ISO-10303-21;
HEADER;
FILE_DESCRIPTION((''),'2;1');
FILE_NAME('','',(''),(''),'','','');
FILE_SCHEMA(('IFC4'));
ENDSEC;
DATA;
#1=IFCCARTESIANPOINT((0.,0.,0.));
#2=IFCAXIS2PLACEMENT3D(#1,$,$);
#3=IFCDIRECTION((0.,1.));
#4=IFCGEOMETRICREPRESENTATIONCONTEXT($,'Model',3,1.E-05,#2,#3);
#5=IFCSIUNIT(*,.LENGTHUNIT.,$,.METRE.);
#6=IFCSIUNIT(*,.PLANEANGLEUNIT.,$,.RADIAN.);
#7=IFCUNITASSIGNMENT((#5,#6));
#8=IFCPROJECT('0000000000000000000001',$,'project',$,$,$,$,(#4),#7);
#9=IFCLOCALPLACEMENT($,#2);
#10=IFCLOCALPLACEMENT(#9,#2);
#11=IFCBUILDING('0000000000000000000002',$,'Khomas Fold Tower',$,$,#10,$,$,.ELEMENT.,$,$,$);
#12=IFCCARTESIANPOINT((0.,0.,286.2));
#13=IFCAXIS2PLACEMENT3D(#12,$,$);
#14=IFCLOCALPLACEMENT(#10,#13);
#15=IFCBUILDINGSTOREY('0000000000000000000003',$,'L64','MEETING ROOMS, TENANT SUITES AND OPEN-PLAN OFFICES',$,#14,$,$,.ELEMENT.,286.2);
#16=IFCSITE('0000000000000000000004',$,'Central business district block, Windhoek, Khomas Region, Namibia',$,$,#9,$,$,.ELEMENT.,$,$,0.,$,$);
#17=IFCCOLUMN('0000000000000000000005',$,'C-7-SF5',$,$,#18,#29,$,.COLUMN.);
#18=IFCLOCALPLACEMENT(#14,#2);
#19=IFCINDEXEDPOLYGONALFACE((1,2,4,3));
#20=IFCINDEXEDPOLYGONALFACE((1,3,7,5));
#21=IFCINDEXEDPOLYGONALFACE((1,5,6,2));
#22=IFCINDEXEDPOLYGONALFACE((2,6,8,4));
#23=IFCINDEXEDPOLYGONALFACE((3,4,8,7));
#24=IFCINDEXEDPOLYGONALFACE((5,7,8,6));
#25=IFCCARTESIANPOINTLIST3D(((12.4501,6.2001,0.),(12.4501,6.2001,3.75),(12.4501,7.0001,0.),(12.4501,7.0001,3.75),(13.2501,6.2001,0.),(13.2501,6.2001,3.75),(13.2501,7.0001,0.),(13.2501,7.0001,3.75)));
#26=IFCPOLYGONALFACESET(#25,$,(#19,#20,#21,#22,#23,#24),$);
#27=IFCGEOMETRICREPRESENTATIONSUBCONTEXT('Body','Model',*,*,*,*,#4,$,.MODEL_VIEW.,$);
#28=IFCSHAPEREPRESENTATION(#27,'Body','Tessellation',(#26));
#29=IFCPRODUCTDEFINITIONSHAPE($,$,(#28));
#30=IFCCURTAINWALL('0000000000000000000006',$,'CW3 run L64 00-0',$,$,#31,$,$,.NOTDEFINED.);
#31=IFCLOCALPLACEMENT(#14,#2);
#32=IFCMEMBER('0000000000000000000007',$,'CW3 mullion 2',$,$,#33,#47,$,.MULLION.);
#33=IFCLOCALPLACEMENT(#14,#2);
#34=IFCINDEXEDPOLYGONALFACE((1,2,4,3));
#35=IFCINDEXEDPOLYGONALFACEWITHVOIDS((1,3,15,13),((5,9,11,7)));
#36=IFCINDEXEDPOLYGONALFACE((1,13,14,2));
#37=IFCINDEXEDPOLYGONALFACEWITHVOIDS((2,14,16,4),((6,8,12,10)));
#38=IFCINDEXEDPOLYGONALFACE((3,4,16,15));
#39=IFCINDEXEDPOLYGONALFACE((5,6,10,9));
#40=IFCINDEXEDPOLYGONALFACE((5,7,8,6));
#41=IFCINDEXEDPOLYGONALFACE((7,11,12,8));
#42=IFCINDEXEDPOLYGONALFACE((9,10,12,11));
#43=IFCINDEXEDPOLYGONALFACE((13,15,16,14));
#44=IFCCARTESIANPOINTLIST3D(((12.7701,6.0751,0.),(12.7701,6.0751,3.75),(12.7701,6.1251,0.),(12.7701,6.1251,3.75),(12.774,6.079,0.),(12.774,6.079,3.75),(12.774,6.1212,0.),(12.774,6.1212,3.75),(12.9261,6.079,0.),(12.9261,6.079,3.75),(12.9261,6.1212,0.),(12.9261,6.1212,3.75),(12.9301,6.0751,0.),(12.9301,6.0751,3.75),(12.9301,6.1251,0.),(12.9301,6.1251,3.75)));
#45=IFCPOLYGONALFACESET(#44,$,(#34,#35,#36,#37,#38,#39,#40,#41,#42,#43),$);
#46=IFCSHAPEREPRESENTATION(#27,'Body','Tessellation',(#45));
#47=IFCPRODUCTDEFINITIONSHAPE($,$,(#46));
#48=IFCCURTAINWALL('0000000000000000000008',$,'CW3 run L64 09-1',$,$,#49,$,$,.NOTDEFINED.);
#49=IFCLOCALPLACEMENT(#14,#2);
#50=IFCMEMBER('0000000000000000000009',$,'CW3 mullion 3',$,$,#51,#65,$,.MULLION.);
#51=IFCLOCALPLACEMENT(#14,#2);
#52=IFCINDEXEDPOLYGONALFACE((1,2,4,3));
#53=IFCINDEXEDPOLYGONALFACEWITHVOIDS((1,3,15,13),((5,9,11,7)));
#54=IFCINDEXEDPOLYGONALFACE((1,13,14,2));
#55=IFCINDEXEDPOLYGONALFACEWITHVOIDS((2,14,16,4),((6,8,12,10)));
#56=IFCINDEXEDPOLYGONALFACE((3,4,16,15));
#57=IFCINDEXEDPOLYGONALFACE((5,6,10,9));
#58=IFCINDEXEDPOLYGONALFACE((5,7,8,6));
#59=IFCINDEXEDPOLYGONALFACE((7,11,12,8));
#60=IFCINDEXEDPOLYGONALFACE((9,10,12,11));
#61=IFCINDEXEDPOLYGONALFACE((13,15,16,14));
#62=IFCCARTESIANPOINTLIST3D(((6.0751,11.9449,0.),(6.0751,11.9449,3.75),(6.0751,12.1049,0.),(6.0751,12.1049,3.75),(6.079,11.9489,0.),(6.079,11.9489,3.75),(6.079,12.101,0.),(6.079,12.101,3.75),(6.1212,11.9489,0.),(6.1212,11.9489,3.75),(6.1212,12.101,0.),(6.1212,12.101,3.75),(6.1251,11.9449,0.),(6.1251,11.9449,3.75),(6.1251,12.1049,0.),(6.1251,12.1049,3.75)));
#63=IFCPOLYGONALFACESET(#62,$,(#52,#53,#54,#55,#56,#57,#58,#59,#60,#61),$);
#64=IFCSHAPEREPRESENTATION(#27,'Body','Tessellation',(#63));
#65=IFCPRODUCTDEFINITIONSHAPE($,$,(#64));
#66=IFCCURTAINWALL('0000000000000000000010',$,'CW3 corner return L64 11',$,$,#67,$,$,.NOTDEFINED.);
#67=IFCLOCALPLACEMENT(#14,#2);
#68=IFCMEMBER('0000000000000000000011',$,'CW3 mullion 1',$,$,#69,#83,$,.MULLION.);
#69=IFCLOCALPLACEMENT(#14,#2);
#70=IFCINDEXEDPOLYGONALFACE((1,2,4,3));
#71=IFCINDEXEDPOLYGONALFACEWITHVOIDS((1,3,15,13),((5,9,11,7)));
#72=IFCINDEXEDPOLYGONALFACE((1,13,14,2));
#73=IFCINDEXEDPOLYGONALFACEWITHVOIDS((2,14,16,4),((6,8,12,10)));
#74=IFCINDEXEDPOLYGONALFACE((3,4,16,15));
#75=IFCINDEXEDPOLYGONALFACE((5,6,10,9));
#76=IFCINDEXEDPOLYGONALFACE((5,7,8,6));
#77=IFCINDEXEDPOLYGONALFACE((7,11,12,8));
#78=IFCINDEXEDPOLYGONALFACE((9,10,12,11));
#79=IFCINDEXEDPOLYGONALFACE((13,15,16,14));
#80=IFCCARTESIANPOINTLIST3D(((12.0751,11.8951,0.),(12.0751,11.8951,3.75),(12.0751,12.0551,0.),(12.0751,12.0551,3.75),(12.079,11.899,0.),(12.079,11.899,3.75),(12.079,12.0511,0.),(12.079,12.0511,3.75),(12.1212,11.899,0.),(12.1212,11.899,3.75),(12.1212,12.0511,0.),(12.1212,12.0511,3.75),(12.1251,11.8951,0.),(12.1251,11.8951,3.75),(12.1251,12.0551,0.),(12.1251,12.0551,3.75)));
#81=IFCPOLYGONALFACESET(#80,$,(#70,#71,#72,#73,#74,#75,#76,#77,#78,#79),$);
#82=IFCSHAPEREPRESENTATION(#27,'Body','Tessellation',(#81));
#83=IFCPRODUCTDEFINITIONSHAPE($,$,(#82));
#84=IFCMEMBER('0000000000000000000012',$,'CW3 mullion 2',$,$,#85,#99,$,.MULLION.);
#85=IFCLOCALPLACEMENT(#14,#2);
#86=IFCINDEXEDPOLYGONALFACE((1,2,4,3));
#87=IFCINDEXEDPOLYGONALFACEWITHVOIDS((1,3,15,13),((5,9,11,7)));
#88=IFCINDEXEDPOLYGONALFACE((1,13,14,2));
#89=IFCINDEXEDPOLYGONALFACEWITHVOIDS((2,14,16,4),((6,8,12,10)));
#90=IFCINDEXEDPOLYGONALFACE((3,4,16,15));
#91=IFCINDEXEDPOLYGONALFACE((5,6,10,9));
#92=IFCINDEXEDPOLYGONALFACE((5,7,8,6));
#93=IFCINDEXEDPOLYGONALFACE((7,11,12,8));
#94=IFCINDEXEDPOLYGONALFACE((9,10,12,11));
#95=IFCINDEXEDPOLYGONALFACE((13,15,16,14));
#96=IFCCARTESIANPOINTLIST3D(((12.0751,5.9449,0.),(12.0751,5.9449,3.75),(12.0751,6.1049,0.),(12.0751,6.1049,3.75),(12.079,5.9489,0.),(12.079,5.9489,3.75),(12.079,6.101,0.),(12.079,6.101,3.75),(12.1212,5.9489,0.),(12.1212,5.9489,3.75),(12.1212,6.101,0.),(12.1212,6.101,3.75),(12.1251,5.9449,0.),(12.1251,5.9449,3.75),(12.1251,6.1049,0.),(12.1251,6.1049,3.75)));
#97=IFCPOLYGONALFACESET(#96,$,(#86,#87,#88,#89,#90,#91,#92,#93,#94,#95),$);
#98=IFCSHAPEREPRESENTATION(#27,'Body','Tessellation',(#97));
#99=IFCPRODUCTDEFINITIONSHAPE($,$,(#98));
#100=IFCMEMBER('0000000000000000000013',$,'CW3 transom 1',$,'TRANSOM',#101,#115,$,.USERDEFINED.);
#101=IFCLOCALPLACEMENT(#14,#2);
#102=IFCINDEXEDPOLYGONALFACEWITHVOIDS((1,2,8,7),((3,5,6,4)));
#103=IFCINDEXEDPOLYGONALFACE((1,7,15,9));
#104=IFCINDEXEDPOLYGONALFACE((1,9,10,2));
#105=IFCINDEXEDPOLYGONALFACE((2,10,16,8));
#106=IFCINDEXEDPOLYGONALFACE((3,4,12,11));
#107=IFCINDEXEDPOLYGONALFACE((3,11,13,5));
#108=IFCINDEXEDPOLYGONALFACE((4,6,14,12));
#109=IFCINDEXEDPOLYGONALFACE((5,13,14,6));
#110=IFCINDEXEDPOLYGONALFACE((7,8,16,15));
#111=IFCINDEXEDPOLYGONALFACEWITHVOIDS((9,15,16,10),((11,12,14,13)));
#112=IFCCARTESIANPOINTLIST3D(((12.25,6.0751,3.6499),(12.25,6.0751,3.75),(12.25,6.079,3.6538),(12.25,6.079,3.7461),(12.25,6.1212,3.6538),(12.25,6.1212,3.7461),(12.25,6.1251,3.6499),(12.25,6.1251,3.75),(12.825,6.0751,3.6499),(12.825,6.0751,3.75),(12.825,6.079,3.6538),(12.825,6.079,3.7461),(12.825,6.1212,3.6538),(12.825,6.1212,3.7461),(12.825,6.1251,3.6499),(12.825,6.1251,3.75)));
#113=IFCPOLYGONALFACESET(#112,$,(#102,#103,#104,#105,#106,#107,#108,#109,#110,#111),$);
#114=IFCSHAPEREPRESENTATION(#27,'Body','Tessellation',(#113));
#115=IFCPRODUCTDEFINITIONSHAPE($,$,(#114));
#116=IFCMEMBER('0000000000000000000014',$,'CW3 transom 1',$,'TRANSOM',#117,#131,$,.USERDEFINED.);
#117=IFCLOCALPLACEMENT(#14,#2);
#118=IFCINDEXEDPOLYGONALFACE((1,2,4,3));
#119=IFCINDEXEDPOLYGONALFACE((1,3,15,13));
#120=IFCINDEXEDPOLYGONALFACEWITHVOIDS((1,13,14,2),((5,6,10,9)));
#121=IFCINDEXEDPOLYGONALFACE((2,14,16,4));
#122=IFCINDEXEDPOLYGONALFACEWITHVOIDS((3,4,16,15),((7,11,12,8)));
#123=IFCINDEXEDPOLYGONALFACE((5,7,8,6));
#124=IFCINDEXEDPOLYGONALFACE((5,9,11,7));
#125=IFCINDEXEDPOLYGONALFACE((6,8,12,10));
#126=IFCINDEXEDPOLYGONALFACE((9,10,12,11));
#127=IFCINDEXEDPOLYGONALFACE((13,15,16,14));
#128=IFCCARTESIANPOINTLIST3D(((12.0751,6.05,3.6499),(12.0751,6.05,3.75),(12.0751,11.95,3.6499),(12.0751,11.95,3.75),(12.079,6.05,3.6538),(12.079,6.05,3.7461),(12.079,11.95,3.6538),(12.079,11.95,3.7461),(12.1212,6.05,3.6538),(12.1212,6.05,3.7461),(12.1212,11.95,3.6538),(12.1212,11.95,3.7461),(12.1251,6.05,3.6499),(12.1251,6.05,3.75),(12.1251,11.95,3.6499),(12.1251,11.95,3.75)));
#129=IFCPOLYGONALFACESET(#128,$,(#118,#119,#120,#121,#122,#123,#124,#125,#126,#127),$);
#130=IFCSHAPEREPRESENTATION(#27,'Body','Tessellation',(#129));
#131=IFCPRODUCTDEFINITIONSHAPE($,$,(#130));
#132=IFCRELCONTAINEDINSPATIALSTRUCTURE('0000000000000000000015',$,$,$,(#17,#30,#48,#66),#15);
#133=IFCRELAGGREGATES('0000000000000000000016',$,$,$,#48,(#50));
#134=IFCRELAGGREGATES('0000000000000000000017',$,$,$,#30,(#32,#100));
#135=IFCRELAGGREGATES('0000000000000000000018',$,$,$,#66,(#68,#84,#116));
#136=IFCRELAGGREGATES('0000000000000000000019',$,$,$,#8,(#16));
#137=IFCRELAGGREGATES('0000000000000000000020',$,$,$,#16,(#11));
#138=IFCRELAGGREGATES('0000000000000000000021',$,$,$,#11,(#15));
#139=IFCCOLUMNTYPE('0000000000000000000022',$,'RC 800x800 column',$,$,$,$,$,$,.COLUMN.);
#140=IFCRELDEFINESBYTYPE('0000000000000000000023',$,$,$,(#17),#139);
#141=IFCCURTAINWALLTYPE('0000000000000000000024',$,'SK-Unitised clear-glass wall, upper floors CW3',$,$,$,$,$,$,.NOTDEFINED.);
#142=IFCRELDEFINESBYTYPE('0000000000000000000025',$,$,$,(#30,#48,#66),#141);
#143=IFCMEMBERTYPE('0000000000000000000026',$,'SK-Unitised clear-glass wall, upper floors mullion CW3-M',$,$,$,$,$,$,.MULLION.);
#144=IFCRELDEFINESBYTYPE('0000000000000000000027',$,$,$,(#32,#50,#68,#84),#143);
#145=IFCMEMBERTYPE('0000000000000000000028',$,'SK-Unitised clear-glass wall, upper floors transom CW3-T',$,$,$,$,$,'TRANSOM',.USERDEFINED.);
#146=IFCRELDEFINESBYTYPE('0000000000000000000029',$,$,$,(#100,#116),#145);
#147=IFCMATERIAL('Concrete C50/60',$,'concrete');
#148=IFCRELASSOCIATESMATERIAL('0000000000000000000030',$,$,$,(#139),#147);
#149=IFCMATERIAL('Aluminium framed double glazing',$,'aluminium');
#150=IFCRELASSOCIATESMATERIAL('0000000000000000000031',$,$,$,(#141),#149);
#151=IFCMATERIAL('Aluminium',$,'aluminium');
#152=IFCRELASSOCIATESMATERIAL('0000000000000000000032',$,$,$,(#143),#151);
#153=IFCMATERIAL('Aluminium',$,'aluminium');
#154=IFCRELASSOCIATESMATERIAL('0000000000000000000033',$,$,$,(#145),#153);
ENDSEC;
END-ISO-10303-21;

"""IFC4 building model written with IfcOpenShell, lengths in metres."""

from ifc_helpers import new_model, si_unit, direction, frame, origin, origin_2d, place, context, subcontext, project, spatial, rectangle, hollow_rectangle, extrude, source, transform, mapped, material, material_profile, profile_set, type_object, element, aggregate, save


model = new_model("IFC4")

# Units and contexts
model_context = context("Model", 3, precision=1e-05, world=origin(), true_north=direction((0.0, 1.0)))
body_context = subcontext(model_context, "Body", "Model", "MODEL_VIEW")
ifc_project = project(units=[si_unit("LENGTHUNIT", "METRE"), si_unit("PLANEANGLEUNIT", "RADIAN")], contexts=[model_context])

# Site, building, storey
site_placement = place(None, origin())
site = spatial("IfcSite", under=ifc_project, at=site_placement, Name="Central business district block, Windhoek, Khomas Region, Namibia", CompositionType="ELEMENT", RefElevation=0.0)
building_placement = place(site_placement, origin())
building = spatial("IfcBuilding", under=site, at=building_placement, Name="Khomas Fold Tower", CompositionType="ELEMENT")
storey_placement = place(building_placement, frame((0.0, 0.0, 286.2)))
storey = spatial("IfcBuildingStorey", under=building, at=storey_placement, Name="L64", Description="MEETING ROOMS, TENANT SUITES AND OPEN-PLAN OFFICES", CompositionType="ELEMENT", Elevation=286.2)

# Column
ifc_material_1 = material(Name="Concrete C50/60", Category="concrete")
ifc_material_profile_1 = material_profile(ifc_material_1, rectangle(XDim=0.8, YDim=0.8, at=origin_2d()), Name="RC 800x800")
ifc_profile_set_1 = profile_set([ifc_material_profile_1], Name="Concrete C50/60")
column_type = type_object("IfcColumnType", Name="RC 800x800 column", PredefinedType="COLUMN", material=ifc_profile_set_1)
shared_shape_1 = source(origin(), body_context, "Body", "SweptSolid", [
    extrude(rectangle(XDim=0.8, YDim=0.8, at=origin_2d()), origin(), (0.0, 0.0, 1.0), 3.75),
])
column_placement = place(storey_placement, frame((12.8501, 6.6001, 0.0), z_axis=(0.0, 0.0, 1.0), x_axis=(1.0, 0.0, 0.0)))
element("IfcColumn", 1, at=column_placement, inside=storey, type_object=column_type, Name="C-7-SF5", PredefinedType="COLUMN", context=body_context, shape_type="MappedRepresentation", body=[
    mapped(shared_shape_1, transform((0.0, 0.0, 0.0))),
])

# Curtain walls, members
ifc_material_2 = material(Name="Aluminium framed double glazing", Category="aluminium")
curtain_wall_type = type_object("IfcCurtainWallType", Name="SK-Unitised clear-glass wall, upper floors CW3", PredefinedType="NOTDEFINED", material=ifc_material_2)
curtain_wall_1_placement = place(storey_placement, origin())
curtain_wall_1 = element("IfcCurtainWall", 2, at=curtain_wall_1_placement, inside=storey, type_object=curtain_wall_type, Name="CW3 run L64 00-0", PredefinedType="NOTDEFINED")
ifc_material_3 = material(Name="Aluminium", Category="aluminium")
ifc_material_profile_2 = material_profile(ifc_material_3, hollow_rectangle(XDim=0.05, YDim=0.1599, WallThickness=0.0039, at=origin_2d()), Name="SK-Unitised clear-glass wall, upper floors mullion CW3-M")
ifc_profile_set_2 = profile_set([ifc_material_profile_2], Name="Aluminium")
member_type_1 = type_object("IfcMemberType", Name="SK-Unitised clear-glass wall, upper floors mullion CW3-M", PredefinedType="MULLION", material=ifc_profile_set_2)
shared_shape_2 = source(origin(), body_context, "Body", "SweptSolid", [
    extrude(hollow_rectangle(XDim=0.05, YDim=0.1599, WallThickness=0.0039, at=origin_2d()), origin(), (0.0, 0.0, 1.0), 3.75),
])
member_1_placement = place(storey_placement, frame((12.8501, 6.1001, 0.0), z_axis=(0.0, 0.0, 1.0), x_axis=(0.0, 1.0, 0.0)))
member_1 = element("IfcMember", 3, at=member_1_placement, type_object=member_type_1, Name="CW3 mullion 2", PredefinedType="MULLION", context=body_context, shape_type="MappedRepresentation", body=[
    mapped(shared_shape_2, transform((0.0, 0.0, 0.0))),
])
curtain_wall_2_placement = place(storey_placement, origin())
curtain_wall_2 = element("IfcCurtainWall", 4, at=curtain_wall_2_placement, inside=storey, type_object=curtain_wall_type, Name="CW3 run L64 09-1", PredefinedType="NOTDEFINED")
member_2_placement = place(storey_placement, frame((6.1001, 12.0249, 0.0), z_axis=(0.0, 0.0, 1.0), x_axis=(1.0, 0.0, 0.0)))
member_2 = element("IfcMember", 5, at=member_2_placement, type_object=member_type_1, Name="CW3 mullion 3", PredefinedType="MULLION", context=body_context, shape_type="MappedRepresentation", body=[
    mapped(shared_shape_2, transform((0.0, 0.0, 0.0))),
])
aggregate(curtain_wall_2, [member_2])

# Curtain wall, members
curtain_wall_3_placement = place(storey_placement, origin())
curtain_wall_3 = element("IfcCurtainWall", 6, at=curtain_wall_3_placement, inside=storey, type_object=curtain_wall_type, Name="CW3 corner return L64 11", PredefinedType="NOTDEFINED")
member_3_placement = place(storey_placement, frame((12.1001, 11.9751, 0.0), z_axis=(0.0, 0.0, 1.0), x_axis=(1.0, 0.0, 0.0)))
member_3 = element("IfcMember", 7, at=member_3_placement, type_object=member_type_1, Name="CW3 mullion 1", PredefinedType="MULLION", context=body_context, shape_type="MappedRepresentation", body=[
    mapped(shared_shape_2, transform((0.0, 0.0, 0.0))),
])
member_4_placement = place(storey_placement, frame((12.1001, 6.0249, 0.0), z_axis=(0.0, 0.0, 1.0), x_axis=(1.0, 0.0, 0.0)))
member_4 = element("IfcMember", 8, at=member_4_placement, type_object=member_type_1, Name="CW3 mullion 2", PredefinedType="MULLION", context=body_context, shape_type="MappedRepresentation", body=[
    mapped(shared_shape_2, transform((0.0, 0.0, 0.0))),
])

# Members
ifc_material_4 = material(Name="Aluminium", Category="aluminium")
ifc_material_profile_3 = material_profile(ifc_material_4, hollow_rectangle(XDim=0.05, YDim=0.1001, WallThickness=0.0039, at=origin_2d()), Name="SK-Unitised clear-glass wall, upper floors transom CW3-T")
ifc_profile_set_3 = profile_set([ifc_material_profile_3], Name="Aluminium")
member_type_2 = type_object("IfcMemberType", Name="SK-Unitised clear-glass wall, upper floors transom CW3-T", ElementType="TRANSOM", PredefinedType="USERDEFINED", material=ifc_profile_set_3)
shared_shape_3 = source(origin(), body_context, "Body", "SweptSolid", [
    extrude(hollow_rectangle(XDim=0.05, YDim=0.1001, WallThickness=0.0039, at=origin_2d()), origin(), (0.0, 0.0, 1.0), 0.575),
])
member_5_placement = place(storey_placement, frame((12.25, 6.1001, 3.7), z_axis=(1.0, 0.0, 0.0), x_axis=(0.0, 1.0, 0.0)))
member_5 = element("IfcMember", 9, at=member_5_placement, type_object=member_type_2, Name="CW3 transom 1", ObjectType="TRANSOM", PredefinedType="USERDEFINED", context=body_context, shape_type="MappedRepresentation", body=[
    mapped(shared_shape_3, transform((0.0, 0.0, 0.0))),
])
shared_shape_4 = source(origin(), body_context, "Body", "SweptSolid", [
    extrude(hollow_rectangle(XDim=0.05, YDim=0.1001, WallThickness=0.0039, at=origin_2d()), origin(), (0.0, 0.0, 1.0), 5.8999),
])
member_6_placement = place(storey_placement, frame((12.1001, 11.95, 3.7), z_axis=(0.0, -1.0, 0.0), x_axis=(1.0, 0.0, 0.0)))
member_6 = element("IfcMember", 10, at=member_6_placement, type_object=member_type_2, Name="CW3 transom 1", ObjectType="TRANSOM", PredefinedType="USERDEFINED", context=body_context, shape_type="MappedRepresentation", body=[
    mapped(shared_shape_4, transform((0.0, 0.0, 0.0))),
])

aggregate(curtain_wall_1, [member_1, member_5])
aggregate(curtain_wall_3, [member_3, member_4, member_6])

save(model, "model.ifc")
